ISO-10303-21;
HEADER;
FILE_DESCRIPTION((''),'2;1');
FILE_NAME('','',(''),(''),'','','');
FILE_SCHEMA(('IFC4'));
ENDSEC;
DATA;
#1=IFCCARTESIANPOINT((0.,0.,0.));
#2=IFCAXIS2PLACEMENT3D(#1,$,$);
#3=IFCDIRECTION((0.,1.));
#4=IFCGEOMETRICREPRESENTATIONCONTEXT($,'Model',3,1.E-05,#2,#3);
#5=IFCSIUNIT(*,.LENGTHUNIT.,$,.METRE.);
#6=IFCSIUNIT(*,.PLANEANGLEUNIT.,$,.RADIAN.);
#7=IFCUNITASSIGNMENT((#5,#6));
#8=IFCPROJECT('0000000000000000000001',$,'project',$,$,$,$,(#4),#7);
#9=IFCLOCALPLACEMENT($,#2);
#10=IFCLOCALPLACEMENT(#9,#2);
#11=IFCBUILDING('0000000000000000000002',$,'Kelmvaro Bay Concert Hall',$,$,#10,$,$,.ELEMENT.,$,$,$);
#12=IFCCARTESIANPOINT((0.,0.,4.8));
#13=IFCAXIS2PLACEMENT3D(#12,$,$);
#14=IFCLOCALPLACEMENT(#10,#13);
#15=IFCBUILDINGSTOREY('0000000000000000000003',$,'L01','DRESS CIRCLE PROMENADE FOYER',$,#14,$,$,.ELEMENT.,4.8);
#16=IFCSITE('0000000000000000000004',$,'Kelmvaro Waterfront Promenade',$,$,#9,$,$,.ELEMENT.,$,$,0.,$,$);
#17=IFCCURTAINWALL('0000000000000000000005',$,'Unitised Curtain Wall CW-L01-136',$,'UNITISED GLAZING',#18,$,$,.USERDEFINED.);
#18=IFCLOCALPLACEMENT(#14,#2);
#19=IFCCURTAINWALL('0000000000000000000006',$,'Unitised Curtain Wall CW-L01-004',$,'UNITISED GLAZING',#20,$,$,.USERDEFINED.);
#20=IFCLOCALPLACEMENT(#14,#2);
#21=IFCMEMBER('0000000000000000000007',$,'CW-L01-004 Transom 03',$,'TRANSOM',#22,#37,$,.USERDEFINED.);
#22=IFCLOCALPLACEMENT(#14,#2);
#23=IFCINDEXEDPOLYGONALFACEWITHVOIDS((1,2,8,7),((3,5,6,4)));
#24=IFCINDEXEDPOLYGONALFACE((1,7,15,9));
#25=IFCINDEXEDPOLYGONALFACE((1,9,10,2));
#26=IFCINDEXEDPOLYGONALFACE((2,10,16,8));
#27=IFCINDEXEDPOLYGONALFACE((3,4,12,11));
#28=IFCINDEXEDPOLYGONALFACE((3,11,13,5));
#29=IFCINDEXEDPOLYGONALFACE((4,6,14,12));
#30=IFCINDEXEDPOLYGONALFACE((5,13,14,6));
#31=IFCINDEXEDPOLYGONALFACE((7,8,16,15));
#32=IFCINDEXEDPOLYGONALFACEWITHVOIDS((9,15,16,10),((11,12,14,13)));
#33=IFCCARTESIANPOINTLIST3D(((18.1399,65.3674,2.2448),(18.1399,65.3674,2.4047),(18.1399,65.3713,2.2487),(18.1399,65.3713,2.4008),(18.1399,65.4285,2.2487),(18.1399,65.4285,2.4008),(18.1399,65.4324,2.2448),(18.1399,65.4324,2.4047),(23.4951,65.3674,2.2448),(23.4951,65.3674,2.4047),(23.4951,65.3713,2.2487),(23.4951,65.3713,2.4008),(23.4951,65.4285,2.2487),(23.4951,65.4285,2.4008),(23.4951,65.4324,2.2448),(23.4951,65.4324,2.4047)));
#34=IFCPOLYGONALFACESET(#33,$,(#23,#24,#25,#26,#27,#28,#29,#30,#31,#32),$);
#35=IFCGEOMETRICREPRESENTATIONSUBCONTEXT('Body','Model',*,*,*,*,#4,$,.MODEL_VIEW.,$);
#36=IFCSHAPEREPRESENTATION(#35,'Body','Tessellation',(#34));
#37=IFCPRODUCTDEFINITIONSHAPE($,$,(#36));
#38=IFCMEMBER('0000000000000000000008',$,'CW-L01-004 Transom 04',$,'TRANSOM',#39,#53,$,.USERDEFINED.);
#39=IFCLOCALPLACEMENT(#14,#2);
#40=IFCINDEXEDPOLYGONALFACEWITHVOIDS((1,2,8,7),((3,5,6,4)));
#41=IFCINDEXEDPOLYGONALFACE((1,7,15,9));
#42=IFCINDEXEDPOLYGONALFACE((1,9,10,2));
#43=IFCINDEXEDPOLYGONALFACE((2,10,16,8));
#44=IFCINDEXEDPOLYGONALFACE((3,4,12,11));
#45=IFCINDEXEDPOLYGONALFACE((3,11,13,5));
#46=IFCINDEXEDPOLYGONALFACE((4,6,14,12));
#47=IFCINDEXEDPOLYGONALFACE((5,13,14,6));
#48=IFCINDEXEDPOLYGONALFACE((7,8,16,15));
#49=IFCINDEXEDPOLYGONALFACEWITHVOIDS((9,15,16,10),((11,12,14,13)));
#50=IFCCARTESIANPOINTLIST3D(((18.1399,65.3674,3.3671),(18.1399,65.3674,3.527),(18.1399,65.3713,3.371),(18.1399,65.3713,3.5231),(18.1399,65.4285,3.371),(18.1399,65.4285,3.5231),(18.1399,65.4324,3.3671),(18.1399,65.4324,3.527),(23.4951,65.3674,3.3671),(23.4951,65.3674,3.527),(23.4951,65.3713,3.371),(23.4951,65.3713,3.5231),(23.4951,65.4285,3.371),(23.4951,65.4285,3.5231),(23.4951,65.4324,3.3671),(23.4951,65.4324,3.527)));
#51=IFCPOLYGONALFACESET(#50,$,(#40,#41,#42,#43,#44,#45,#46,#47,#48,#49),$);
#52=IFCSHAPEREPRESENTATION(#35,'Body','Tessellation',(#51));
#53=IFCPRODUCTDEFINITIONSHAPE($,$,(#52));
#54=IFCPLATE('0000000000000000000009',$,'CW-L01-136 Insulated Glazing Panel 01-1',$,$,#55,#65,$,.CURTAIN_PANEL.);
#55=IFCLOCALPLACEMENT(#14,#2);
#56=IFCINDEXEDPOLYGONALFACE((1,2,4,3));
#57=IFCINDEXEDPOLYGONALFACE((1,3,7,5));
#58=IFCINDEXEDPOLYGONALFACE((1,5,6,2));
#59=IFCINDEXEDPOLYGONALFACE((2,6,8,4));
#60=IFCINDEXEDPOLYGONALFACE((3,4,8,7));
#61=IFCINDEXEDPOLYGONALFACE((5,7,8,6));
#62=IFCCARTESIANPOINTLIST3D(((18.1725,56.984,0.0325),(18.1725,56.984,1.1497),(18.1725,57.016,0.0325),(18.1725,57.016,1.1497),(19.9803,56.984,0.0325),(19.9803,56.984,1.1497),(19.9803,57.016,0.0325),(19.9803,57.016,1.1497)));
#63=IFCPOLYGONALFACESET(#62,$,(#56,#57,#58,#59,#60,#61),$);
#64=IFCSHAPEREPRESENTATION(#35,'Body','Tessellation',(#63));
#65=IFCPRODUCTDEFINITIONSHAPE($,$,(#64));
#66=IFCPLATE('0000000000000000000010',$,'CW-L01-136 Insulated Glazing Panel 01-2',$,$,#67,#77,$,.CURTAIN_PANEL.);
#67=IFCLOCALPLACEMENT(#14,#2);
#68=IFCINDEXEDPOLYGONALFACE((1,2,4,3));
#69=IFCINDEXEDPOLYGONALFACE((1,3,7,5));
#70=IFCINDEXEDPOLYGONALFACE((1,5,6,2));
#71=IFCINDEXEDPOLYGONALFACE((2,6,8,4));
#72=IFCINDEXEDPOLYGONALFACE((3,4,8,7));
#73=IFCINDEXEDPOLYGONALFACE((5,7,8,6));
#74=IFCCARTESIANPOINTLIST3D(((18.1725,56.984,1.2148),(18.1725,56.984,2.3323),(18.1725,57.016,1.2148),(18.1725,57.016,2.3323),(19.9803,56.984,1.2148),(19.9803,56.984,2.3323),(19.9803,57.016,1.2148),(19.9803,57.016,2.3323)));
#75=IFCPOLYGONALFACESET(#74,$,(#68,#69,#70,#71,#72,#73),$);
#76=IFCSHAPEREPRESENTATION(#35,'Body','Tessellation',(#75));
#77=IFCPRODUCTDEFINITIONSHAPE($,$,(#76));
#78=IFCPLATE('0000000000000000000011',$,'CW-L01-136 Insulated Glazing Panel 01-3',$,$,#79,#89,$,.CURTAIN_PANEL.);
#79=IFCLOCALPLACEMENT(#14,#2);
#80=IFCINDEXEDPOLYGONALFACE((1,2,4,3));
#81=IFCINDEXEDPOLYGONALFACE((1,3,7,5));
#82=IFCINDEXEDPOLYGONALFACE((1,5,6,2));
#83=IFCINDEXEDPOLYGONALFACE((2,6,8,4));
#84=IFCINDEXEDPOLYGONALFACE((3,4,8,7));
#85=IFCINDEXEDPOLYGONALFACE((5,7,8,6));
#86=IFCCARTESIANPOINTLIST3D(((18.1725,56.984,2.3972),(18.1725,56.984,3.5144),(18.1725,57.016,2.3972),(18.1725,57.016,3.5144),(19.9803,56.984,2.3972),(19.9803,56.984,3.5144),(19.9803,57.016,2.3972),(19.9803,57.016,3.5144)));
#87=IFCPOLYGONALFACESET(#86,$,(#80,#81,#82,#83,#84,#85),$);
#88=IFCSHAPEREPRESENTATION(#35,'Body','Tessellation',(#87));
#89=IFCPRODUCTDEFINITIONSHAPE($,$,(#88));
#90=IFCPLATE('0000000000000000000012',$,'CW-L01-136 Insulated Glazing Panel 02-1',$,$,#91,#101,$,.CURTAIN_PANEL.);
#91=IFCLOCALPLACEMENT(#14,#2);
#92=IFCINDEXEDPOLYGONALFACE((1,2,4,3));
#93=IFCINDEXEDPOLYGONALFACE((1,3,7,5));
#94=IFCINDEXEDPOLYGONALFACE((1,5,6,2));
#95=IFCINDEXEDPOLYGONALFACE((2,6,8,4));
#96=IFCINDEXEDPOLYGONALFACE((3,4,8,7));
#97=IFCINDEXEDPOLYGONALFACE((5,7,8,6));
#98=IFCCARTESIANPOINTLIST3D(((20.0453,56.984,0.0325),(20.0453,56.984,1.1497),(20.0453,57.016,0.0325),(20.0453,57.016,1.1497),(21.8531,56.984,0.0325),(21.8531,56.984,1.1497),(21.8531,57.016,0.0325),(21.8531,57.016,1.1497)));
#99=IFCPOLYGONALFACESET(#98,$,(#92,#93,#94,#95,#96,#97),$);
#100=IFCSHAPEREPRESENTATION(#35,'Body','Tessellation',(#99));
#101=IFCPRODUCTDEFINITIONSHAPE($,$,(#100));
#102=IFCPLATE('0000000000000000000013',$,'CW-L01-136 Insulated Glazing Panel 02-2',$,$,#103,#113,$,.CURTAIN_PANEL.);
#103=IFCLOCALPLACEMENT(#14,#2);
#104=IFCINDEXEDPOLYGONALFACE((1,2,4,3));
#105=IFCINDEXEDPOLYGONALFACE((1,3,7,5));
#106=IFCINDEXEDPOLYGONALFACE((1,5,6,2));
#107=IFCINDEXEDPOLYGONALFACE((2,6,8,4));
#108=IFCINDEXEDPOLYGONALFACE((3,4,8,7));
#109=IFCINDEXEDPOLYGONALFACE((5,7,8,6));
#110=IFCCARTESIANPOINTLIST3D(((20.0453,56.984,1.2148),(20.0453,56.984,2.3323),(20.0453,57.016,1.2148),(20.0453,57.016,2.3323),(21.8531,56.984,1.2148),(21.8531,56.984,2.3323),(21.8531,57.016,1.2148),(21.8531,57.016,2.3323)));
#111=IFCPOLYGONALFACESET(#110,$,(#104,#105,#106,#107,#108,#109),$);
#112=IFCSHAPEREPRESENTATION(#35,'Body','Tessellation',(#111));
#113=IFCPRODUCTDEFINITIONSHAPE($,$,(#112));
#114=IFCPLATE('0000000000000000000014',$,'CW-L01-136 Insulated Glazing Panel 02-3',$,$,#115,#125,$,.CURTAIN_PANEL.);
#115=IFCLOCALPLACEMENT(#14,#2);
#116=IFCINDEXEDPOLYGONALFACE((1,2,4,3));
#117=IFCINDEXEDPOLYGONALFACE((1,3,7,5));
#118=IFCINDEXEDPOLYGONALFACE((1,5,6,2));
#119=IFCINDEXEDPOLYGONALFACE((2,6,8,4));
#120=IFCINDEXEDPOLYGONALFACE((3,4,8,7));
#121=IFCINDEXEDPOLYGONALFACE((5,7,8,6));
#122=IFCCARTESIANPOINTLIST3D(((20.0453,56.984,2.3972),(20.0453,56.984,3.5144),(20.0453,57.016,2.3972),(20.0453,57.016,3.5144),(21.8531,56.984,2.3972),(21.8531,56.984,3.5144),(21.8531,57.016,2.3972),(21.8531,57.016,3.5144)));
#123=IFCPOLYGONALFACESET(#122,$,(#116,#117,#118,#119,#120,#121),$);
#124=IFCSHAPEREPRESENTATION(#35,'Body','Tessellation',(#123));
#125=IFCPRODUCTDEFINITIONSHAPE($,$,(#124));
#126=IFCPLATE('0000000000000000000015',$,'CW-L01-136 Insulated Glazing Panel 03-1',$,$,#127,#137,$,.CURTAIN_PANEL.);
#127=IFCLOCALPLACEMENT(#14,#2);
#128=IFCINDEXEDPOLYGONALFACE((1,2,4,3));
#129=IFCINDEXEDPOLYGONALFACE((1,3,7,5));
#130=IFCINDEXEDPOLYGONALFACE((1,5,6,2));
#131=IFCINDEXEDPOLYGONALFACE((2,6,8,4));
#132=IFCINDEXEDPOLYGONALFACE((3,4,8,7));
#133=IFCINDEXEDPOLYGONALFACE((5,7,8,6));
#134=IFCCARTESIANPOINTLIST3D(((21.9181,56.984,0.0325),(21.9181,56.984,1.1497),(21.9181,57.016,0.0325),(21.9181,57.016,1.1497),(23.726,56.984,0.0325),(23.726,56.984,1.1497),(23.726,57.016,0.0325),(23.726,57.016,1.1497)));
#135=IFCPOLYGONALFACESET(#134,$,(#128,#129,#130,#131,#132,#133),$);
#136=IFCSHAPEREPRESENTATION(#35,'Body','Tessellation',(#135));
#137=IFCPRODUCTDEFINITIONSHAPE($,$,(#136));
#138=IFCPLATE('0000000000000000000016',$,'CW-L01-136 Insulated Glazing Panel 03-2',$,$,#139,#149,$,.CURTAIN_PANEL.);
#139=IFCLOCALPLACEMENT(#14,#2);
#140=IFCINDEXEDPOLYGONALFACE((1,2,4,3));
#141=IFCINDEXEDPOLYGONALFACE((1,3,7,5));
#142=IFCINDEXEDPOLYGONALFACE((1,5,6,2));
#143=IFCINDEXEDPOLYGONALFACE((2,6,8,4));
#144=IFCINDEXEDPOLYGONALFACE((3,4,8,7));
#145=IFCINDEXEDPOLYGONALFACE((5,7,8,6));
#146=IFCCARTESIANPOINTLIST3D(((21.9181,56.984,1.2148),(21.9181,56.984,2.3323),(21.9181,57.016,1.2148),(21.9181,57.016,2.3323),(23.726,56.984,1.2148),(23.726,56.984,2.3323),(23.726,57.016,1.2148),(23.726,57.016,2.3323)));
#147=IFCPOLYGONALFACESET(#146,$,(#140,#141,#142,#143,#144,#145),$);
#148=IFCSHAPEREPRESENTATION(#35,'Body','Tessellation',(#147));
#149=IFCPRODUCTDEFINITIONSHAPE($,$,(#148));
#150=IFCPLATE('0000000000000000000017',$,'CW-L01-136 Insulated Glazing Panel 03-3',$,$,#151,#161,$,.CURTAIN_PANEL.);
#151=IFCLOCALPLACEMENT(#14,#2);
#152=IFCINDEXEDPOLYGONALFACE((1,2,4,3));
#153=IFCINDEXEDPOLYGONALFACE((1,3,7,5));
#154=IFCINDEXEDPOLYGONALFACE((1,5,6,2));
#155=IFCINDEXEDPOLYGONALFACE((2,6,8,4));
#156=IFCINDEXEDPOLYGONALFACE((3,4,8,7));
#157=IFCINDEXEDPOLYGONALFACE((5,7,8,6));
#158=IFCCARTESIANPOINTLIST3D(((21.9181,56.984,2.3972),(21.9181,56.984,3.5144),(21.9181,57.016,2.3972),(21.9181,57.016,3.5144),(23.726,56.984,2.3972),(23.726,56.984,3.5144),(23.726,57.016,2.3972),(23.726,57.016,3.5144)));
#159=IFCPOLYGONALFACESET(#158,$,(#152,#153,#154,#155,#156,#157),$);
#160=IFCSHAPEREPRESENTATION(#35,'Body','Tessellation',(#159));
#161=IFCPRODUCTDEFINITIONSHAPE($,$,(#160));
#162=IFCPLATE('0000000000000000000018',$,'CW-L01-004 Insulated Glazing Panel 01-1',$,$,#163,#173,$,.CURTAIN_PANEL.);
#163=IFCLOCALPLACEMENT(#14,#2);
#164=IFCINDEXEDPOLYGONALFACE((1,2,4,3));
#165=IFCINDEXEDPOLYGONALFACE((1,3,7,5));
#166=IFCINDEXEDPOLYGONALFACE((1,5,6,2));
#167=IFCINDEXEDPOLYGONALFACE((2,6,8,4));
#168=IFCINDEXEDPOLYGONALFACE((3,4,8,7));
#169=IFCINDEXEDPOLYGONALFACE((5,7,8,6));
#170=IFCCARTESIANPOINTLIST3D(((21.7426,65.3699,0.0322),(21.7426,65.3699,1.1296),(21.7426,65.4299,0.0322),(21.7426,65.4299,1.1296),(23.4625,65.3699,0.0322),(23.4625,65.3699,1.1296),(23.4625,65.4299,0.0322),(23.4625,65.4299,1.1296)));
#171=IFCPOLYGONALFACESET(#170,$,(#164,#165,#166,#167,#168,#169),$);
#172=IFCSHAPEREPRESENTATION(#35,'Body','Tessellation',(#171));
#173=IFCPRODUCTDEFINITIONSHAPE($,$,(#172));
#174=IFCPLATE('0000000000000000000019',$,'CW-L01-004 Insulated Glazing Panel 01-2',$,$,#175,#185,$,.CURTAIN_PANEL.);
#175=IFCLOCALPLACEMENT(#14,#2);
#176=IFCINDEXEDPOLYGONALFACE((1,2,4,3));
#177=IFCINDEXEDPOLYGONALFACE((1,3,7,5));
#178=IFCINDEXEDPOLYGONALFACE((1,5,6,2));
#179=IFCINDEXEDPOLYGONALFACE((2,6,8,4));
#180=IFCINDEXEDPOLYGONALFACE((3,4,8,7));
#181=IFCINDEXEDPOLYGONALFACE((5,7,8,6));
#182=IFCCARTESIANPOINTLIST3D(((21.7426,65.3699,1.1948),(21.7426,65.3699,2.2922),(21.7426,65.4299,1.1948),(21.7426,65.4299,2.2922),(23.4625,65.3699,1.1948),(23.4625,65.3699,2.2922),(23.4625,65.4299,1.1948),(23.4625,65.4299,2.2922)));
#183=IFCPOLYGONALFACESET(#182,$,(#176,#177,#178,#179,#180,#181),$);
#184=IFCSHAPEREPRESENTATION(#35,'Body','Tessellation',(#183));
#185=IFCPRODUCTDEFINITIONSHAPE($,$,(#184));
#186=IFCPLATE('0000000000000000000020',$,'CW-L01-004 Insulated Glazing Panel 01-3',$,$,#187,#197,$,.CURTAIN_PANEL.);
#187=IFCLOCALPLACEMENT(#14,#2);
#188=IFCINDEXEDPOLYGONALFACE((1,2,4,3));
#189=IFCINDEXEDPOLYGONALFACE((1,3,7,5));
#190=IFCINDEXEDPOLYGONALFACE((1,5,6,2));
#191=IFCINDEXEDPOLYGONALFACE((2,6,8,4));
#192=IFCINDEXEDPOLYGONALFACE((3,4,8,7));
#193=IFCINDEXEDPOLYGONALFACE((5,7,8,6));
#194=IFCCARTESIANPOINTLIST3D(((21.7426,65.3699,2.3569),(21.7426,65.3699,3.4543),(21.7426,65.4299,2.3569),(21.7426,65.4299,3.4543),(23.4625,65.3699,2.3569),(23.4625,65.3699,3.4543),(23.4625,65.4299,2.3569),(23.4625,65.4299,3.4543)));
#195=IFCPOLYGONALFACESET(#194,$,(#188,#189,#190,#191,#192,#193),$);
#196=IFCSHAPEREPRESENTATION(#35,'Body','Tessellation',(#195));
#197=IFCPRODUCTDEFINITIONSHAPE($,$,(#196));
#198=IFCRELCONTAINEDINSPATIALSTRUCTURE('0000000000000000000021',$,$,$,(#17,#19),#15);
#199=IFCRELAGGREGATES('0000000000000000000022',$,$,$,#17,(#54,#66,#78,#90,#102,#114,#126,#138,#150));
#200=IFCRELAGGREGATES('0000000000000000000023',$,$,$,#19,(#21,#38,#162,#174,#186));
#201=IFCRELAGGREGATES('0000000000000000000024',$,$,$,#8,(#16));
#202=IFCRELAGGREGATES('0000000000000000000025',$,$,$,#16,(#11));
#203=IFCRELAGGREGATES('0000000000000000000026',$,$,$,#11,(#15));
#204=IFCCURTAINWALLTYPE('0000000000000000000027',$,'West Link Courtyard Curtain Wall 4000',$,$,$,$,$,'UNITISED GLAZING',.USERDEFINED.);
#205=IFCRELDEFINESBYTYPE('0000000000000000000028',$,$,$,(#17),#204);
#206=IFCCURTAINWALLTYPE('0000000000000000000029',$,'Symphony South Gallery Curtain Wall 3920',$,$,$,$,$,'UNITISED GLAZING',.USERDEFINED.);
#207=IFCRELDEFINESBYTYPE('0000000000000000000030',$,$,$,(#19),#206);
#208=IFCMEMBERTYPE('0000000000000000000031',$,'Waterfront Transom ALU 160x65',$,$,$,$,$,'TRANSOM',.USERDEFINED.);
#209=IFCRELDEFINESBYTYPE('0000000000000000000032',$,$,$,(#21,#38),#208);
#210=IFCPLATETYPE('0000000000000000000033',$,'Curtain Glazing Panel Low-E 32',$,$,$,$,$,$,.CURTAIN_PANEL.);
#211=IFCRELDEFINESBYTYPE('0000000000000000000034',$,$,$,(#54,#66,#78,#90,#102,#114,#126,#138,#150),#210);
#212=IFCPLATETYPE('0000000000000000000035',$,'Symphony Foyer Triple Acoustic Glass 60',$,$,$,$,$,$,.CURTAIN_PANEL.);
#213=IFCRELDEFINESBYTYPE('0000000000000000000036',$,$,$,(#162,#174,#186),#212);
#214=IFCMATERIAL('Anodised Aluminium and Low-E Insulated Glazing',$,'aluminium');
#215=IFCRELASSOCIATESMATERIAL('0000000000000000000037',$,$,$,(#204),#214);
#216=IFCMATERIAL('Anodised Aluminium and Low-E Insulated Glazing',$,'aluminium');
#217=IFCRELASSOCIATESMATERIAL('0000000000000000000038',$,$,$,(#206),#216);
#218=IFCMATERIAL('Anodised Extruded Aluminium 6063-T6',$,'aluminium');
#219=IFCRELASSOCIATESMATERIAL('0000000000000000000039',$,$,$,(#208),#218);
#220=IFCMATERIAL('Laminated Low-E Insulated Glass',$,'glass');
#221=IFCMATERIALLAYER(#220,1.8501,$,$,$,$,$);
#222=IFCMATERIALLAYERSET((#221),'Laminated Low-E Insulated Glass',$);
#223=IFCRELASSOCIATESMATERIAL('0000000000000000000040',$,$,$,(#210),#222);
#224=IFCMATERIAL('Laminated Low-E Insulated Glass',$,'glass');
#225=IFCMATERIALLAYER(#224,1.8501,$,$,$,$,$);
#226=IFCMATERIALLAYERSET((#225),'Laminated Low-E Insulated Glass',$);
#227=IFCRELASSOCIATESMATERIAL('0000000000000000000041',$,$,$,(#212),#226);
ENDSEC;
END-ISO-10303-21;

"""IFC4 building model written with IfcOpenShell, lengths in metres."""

from ifc_helpers import new_model, si_unit, direction, frame, origin, origin_2d, place, context, subcontext, project, spatial, rectangle, hollow_rectangle, extrude, material, layer, layer_set, material_profile, profile_set, type_object, element, aggregate, save


model = new_model("IFC4")

# Units and contexts
model_context = context("Model", 3, precision=1e-05, world=origin(), true_north=direction((0.0, 1.0)))
body_context = subcontext(model_context, "Body", "Model", "MODEL_VIEW")
ifc_project = project(units=[si_unit("LENGTHUNIT", "METRE"), si_unit("PLANEANGLEUNIT", "RADIAN")], contexts=[model_context])

# Site, building, storey
site_placement = place(None, origin())
site = spatial("IfcSite", under=ifc_project, at=site_placement, Name="Kelmvaro Waterfront Promenade", CompositionType="ELEMENT", RefElevation=0.0)
building_placement = place(site_placement, origin())
building = spatial("IfcBuilding", under=site, at=building_placement, Name="Kelmvaro Bay Concert Hall", CompositionType="ELEMENT")
storey_placement = place(building_placement, frame((0.0, 0.0, 4.8)))
storey = spatial("IfcBuildingStorey", under=building, at=storey_placement, Name="L01", Description="DRESS CIRCLE PROMENADE FOYER", CompositionType="ELEMENT", Elevation=4.8)

# Curtain wall
ifc_material_1 = material(Name="Anodised Aluminium and Low-E Insulated Glazing", Category="aluminium")
curtain_wall_type_1 = type_object("IfcCurtainWallType", Name="West Link Courtyard Curtain Wall 4000", ElementType="UNITISED GLAZING", PredefinedType="USERDEFINED", material=ifc_material_1)
curtain_wall_1_placement = place(storey_placement, origin())
curtain_wall_1 = element("IfcCurtainWall", 1, at=curtain_wall_1_placement, inside=storey, type_object=curtain_wall_type_1, Name="Unitised Curtain Wall CW-L01-136", ObjectType="UNITISED GLAZING", PredefinedType="USERDEFINED")

# Curtain wall
ifc_material_2 = material(Name="Anodised Aluminium and Low-E Insulated Glazing", Category="aluminium")
curtain_wall_type_2 = type_object("IfcCurtainWallType", Name="Symphony South Gallery Curtain Wall 3920", ElementType="UNITISED GLAZING", PredefinedType="USERDEFINED", material=ifc_material_2)
curtain_wall_2_placement = place(storey_placement, origin())
curtain_wall_2 = element("IfcCurtainWall", 2, at=curtain_wall_2_placement, inside=storey, type_object=curtain_wall_type_2, Name="Unitised Curtain Wall CW-L01-004", ObjectType="UNITISED GLAZING", PredefinedType="USERDEFINED")
ifc_material_3 = material(Name="Anodised Extruded Aluminium 6063-T6", Category="aluminium")
ifc_material_profile_1 = material_profile(ifc_material_3, hollow_rectangle(XDim=0.0649, YDim=0.1599, WallThickness=0.0039, at=origin_2d()), Name="ALU-TRN-160X65")
ifc_profile_set_1 = profile_set([ifc_material_profile_1], Name="Anodised Extruded Aluminium 6063-T6")
member_type_1 = type_object("IfcMemberType", Name="Waterfront Transom ALU 160x65", ElementType="TRANSOM", PredefinedType="USERDEFINED", material=ifc_profile_set_1)

# Members
member_1_placement = place(storey_placement, frame((23.4951, 65.3999, 2.3247), z_axis=(-1.0, 0.0, 0.0), x_axis=(0.0, -1.0, 0.0)))
member_1 = element("IfcMember", 3, at=member_1_placement, type_object=member_type_1, Name="CW-L01-004 Transom 03", ObjectType="TRANSOM", PredefinedType="USERDEFINED", context=body_context, shape_type="SweptSolid", body=[
    extrude(hollow_rectangle(XDim=0.0649, YDim=0.1599, WallThickness=0.0039, at=origin_2d()), origin(), (0.0, 0.0, 1.0), 5.3552),
])
member_2_placement = place(storey_placement, frame((23.4951, 65.3999, 3.447), z_axis=(-1.0, 0.0, 0.0), x_axis=(0.0, -1.0, 0.0)))
member_2 = element("IfcMember", 4, at=member_2_placement, type_object=member_type_1, Name="CW-L01-004 Transom 04", ObjectType="TRANSOM", PredefinedType="USERDEFINED", context=body_context, shape_type="SweptSolid", body=[
    extrude(hollow_rectangle(XDim=0.0649, YDim=0.1599, WallThickness=0.0039, at=origin_2d()), origin(), (0.0, 0.0, 1.0), 5.3552),
])

# Plates
ifc_material_4 = material(Name="Laminated Low-E Insulated Glass", Category="glass")
ifc_layer_1 = layer(ifc_material_4, 1.8501)
ifc_layer_set_1 = layer_set([ifc_layer_1], Name="Laminated Low-E Insulated Glass")
plate_type_1 = type_object("IfcPlateType", Name="Curtain Glazing Panel Low-E 32", PredefinedType="CURTAIN_PANEL", material=ifc_layer_set_1)
plate_1_placement = place(storey_placement, frame((19.0764, 57.0, 0.0325), z_axis=(0.0, 0.0, 1.0), x_axis=(1.0, 0.0, 0.0)))
plate_1 = element("IfcPlate", 5, at=plate_1_placement, type_object=plate_type_1, Name="CW-L01-136 Insulated Glazing Panel 01-1", PredefinedType="CURTAIN_PANEL", context=body_context, shape_type="SweptSolid", body=[
    extrude(rectangle(XDim=1.8079, YDim=0.032, at=origin_2d()), origin(), (0.0, 0.0, 1.0), 1.1172),
])
plate_2_placement = place(storey_placement, frame((19.0764, 57.0, 1.2148), z_axis=(0.0, 0.0, 1.0), x_axis=(1.0, 0.0, 0.0)))
plate_2 = element("IfcPlate", 6, at=plate_2_placement, type_object=plate_type_1, Name="CW-L01-136 Insulated Glazing Panel 01-2", PredefinedType="CURTAIN_PANEL", context=body_context, shape_type="SweptSolid", body=[
    extrude(rectangle(XDim=1.8079, YDim=0.032, at=origin_2d()), origin(), (0.0, 0.0, 1.0), 1.1174),
])
plate_3_placement = place(storey_placement, frame((19.0764, 57.0, 2.3972), z_axis=(0.0, 0.0, 1.0), x_axis=(1.0, 0.0, 0.0)))
plate_3 = element("IfcPlate", 7, at=plate_3_placement, type_object=plate_type_1, Name="CW-L01-136 Insulated Glazing Panel 01-3", PredefinedType="CURTAIN_PANEL", context=body_context, shape_type="SweptSolid", body=[
    extrude(rectangle(XDim=1.8079, YDim=0.032, at=origin_2d()), origin(), (0.0, 0.0, 1.0), 1.1172),
])
plate_4_placement = place(storey_placement, frame((20.9492, 57.0, 0.0325), z_axis=(0.0, 0.0, 1.0), x_axis=(1.0, 0.0, 0.0)))
plate_4 = element("IfcPlate", 8, at=plate_4_placement, type_object=plate_type_1, Name="CW-L01-136 Insulated Glazing Panel 02-1", PredefinedType="CURTAIN_PANEL", context=body_context, shape_type="SweptSolid", body=[
    extrude(rectangle(XDim=1.8079, YDim=0.032, at=origin_2d()), origin(), (0.0, 0.0, 1.0), 1.1172),
])
plate_5_placement = place(storey_placement, frame((20.9492, 57.0, 1.2148), z_axis=(0.0, 0.0, 1.0), x_axis=(1.0, 0.0, 0.0)))
plate_5 = element("IfcPlate", 9, at=plate_5_placement, type_object=plate_type_1, Name="CW-L01-136 Insulated Glazing Panel 02-2", PredefinedType="CURTAIN_PANEL", context=body_context, shape_type="SweptSolid", body=[
    extrude(rectangle(XDim=1.8079, YDim=0.032, at=origin_2d()), origin(), (0.0, 0.0, 1.0), 1.1174),
])
plate_6_placement = place(storey_placement, frame((20.9492, 57.0, 2.3972), z_axis=(0.0, 0.0, 1.0), x_axis=(1.0, 0.0, 0.0)))
plate_6 = element("IfcPlate", 10, at=plate_6_placement, type_object=plate_type_1, Name="CW-L01-136 Insulated Glazing Panel 02-3", PredefinedType="CURTAIN_PANEL", context=body_context, shape_type="SweptSolid", body=[
    extrude(rectangle(XDim=1.8079, YDim=0.032, at=origin_2d()), origin(), (0.0, 0.0, 1.0), 1.1172),
])
plate_7_placement = place(storey_placement, frame((22.822, 57.0, 0.0325), z_axis=(0.0, 0.0, 1.0), x_axis=(1.0, 0.0, 0.0)))
plate_7 = element("IfcPlate", 11, at=plate_7_placement, type_object=plate_type_1, Name="CW-L01-136 Insulated Glazing Panel 03-1", PredefinedType="CURTAIN_PANEL", context=body_context, shape_type="SweptSolid", body=[
    extrude(rectangle(XDim=1.8079, YDim=0.032, at=origin_2d()), origin(), (0.0, 0.0, 1.0), 1.1172),
])
plate_8_placement = place(storey_placement, frame((22.822, 57.0, 1.2148), z_axis=(0.0, 0.0, 1.0), x_axis=(1.0, 0.0, 0.0)))
plate_8 = element("IfcPlate", 12, at=plate_8_placement, type_object=plate_type_1, Name="CW-L01-136 Insulated Glazing Panel 03-2", PredefinedType="CURTAIN_PANEL", context=body_context, shape_type="SweptSolid", body=[
    extrude(rectangle(XDim=1.8079, YDim=0.032, at=origin_2d()), origin(), (0.0, 0.0, 1.0), 1.1174),
])
plate_9_placement = place(storey_placement, frame((22.822, 57.0, 2.3972), z_axis=(0.0, 0.0, 1.0), x_axis=(1.0, 0.0, 0.0)))
plate_9 = element("IfcPlate", 13, at=plate_9_placement, type_object=plate_type_1, Name="CW-L01-136 Insulated Glazing Panel 03-3", PredefinedType="CURTAIN_PANEL", context=body_context, shape_type="SweptSolid", body=[
    extrude(rectangle(XDim=1.8079, YDim=0.032, at=origin_2d()), origin(), (0.0, 0.0, 1.0), 1.1172),
])
aggregate(curtain_wall_1, [plate_1, plate_2, plate_3, plate_4, plate_5, plate_6, plate_7, plate_8, plate_9])
ifc_material_5 = material(Name="Laminated Low-E Insulated Glass", Category="glass")
ifc_layer_2 = layer(ifc_material_5, 1.8501)
ifc_layer_set_2 = layer_set([ifc_layer_2], Name="Laminated Low-E Insulated Glass")
plate_type_2 = type_object("IfcPlateType", Name="Symphony Foyer Triple Acoustic Glass 60", PredefinedType="CURTAIN_PANEL", material=ifc_layer_set_2)
plate_10_placement = place(storey_placement, frame((22.6025, 65.3999, 0.0322), z_axis=(0.0, 0.0, 1.0), x_axis=(-1.0, 0.0, 0.0)))
plate_10 = element("IfcPlate", 14, at=plate_10_placement, type_object=plate_type_2, Name="CW-L01-004 Insulated Glazing Panel 01-1", PredefinedType="CURTAIN_PANEL", context=body_context, shape_type="SweptSolid", body=[
    extrude(rectangle(XDim=1.72, YDim=0.0601, at=origin_2d()), origin(), (0.0, 0.0, 1.0), 1.0974),
])
plate_11_placement = place(storey_placement, frame((22.6025, 65.3999, 1.1948), z_axis=(0.0, 0.0, 1.0), x_axis=(-1.0, 0.0, 0.0)))
plate_11 = element("IfcPlate", 15, at=plate_11_placement, type_object=plate_type_2, Name="CW-L01-004 Insulated Glazing Panel 01-2", PredefinedType="CURTAIN_PANEL", context=body_context, shape_type="SweptSolid", body=[
    extrude(rectangle(XDim=1.72, YDim=0.0601, at=origin_2d()), origin(), (0.0, 0.0, 1.0), 1.0974),
])
plate_12_placement = place(storey_placement, frame((22.6025, 65.3999, 2.3569), z_axis=(0.0, 0.0, 1.0), x_axis=(-1.0, 0.0, 0.0)))
plate_12 = element("IfcPlate", 16, at=plate_12_placement, type_object=plate_type_2, Name="CW-L01-004 Insulated Glazing Panel 01-3", PredefinedType="CURTAIN_PANEL", context=body_context, shape_type="SweptSolid", body=[
    extrude(rectangle(XDim=1.72, YDim=0.0601, at=origin_2d()), origin(), (0.0, 0.0, 1.0), 1.0974),
])
aggregate(curtain_wall_2, [member_1, member_2, plate_10, plate_11, plate_12])

save(model, "model.ifc")
